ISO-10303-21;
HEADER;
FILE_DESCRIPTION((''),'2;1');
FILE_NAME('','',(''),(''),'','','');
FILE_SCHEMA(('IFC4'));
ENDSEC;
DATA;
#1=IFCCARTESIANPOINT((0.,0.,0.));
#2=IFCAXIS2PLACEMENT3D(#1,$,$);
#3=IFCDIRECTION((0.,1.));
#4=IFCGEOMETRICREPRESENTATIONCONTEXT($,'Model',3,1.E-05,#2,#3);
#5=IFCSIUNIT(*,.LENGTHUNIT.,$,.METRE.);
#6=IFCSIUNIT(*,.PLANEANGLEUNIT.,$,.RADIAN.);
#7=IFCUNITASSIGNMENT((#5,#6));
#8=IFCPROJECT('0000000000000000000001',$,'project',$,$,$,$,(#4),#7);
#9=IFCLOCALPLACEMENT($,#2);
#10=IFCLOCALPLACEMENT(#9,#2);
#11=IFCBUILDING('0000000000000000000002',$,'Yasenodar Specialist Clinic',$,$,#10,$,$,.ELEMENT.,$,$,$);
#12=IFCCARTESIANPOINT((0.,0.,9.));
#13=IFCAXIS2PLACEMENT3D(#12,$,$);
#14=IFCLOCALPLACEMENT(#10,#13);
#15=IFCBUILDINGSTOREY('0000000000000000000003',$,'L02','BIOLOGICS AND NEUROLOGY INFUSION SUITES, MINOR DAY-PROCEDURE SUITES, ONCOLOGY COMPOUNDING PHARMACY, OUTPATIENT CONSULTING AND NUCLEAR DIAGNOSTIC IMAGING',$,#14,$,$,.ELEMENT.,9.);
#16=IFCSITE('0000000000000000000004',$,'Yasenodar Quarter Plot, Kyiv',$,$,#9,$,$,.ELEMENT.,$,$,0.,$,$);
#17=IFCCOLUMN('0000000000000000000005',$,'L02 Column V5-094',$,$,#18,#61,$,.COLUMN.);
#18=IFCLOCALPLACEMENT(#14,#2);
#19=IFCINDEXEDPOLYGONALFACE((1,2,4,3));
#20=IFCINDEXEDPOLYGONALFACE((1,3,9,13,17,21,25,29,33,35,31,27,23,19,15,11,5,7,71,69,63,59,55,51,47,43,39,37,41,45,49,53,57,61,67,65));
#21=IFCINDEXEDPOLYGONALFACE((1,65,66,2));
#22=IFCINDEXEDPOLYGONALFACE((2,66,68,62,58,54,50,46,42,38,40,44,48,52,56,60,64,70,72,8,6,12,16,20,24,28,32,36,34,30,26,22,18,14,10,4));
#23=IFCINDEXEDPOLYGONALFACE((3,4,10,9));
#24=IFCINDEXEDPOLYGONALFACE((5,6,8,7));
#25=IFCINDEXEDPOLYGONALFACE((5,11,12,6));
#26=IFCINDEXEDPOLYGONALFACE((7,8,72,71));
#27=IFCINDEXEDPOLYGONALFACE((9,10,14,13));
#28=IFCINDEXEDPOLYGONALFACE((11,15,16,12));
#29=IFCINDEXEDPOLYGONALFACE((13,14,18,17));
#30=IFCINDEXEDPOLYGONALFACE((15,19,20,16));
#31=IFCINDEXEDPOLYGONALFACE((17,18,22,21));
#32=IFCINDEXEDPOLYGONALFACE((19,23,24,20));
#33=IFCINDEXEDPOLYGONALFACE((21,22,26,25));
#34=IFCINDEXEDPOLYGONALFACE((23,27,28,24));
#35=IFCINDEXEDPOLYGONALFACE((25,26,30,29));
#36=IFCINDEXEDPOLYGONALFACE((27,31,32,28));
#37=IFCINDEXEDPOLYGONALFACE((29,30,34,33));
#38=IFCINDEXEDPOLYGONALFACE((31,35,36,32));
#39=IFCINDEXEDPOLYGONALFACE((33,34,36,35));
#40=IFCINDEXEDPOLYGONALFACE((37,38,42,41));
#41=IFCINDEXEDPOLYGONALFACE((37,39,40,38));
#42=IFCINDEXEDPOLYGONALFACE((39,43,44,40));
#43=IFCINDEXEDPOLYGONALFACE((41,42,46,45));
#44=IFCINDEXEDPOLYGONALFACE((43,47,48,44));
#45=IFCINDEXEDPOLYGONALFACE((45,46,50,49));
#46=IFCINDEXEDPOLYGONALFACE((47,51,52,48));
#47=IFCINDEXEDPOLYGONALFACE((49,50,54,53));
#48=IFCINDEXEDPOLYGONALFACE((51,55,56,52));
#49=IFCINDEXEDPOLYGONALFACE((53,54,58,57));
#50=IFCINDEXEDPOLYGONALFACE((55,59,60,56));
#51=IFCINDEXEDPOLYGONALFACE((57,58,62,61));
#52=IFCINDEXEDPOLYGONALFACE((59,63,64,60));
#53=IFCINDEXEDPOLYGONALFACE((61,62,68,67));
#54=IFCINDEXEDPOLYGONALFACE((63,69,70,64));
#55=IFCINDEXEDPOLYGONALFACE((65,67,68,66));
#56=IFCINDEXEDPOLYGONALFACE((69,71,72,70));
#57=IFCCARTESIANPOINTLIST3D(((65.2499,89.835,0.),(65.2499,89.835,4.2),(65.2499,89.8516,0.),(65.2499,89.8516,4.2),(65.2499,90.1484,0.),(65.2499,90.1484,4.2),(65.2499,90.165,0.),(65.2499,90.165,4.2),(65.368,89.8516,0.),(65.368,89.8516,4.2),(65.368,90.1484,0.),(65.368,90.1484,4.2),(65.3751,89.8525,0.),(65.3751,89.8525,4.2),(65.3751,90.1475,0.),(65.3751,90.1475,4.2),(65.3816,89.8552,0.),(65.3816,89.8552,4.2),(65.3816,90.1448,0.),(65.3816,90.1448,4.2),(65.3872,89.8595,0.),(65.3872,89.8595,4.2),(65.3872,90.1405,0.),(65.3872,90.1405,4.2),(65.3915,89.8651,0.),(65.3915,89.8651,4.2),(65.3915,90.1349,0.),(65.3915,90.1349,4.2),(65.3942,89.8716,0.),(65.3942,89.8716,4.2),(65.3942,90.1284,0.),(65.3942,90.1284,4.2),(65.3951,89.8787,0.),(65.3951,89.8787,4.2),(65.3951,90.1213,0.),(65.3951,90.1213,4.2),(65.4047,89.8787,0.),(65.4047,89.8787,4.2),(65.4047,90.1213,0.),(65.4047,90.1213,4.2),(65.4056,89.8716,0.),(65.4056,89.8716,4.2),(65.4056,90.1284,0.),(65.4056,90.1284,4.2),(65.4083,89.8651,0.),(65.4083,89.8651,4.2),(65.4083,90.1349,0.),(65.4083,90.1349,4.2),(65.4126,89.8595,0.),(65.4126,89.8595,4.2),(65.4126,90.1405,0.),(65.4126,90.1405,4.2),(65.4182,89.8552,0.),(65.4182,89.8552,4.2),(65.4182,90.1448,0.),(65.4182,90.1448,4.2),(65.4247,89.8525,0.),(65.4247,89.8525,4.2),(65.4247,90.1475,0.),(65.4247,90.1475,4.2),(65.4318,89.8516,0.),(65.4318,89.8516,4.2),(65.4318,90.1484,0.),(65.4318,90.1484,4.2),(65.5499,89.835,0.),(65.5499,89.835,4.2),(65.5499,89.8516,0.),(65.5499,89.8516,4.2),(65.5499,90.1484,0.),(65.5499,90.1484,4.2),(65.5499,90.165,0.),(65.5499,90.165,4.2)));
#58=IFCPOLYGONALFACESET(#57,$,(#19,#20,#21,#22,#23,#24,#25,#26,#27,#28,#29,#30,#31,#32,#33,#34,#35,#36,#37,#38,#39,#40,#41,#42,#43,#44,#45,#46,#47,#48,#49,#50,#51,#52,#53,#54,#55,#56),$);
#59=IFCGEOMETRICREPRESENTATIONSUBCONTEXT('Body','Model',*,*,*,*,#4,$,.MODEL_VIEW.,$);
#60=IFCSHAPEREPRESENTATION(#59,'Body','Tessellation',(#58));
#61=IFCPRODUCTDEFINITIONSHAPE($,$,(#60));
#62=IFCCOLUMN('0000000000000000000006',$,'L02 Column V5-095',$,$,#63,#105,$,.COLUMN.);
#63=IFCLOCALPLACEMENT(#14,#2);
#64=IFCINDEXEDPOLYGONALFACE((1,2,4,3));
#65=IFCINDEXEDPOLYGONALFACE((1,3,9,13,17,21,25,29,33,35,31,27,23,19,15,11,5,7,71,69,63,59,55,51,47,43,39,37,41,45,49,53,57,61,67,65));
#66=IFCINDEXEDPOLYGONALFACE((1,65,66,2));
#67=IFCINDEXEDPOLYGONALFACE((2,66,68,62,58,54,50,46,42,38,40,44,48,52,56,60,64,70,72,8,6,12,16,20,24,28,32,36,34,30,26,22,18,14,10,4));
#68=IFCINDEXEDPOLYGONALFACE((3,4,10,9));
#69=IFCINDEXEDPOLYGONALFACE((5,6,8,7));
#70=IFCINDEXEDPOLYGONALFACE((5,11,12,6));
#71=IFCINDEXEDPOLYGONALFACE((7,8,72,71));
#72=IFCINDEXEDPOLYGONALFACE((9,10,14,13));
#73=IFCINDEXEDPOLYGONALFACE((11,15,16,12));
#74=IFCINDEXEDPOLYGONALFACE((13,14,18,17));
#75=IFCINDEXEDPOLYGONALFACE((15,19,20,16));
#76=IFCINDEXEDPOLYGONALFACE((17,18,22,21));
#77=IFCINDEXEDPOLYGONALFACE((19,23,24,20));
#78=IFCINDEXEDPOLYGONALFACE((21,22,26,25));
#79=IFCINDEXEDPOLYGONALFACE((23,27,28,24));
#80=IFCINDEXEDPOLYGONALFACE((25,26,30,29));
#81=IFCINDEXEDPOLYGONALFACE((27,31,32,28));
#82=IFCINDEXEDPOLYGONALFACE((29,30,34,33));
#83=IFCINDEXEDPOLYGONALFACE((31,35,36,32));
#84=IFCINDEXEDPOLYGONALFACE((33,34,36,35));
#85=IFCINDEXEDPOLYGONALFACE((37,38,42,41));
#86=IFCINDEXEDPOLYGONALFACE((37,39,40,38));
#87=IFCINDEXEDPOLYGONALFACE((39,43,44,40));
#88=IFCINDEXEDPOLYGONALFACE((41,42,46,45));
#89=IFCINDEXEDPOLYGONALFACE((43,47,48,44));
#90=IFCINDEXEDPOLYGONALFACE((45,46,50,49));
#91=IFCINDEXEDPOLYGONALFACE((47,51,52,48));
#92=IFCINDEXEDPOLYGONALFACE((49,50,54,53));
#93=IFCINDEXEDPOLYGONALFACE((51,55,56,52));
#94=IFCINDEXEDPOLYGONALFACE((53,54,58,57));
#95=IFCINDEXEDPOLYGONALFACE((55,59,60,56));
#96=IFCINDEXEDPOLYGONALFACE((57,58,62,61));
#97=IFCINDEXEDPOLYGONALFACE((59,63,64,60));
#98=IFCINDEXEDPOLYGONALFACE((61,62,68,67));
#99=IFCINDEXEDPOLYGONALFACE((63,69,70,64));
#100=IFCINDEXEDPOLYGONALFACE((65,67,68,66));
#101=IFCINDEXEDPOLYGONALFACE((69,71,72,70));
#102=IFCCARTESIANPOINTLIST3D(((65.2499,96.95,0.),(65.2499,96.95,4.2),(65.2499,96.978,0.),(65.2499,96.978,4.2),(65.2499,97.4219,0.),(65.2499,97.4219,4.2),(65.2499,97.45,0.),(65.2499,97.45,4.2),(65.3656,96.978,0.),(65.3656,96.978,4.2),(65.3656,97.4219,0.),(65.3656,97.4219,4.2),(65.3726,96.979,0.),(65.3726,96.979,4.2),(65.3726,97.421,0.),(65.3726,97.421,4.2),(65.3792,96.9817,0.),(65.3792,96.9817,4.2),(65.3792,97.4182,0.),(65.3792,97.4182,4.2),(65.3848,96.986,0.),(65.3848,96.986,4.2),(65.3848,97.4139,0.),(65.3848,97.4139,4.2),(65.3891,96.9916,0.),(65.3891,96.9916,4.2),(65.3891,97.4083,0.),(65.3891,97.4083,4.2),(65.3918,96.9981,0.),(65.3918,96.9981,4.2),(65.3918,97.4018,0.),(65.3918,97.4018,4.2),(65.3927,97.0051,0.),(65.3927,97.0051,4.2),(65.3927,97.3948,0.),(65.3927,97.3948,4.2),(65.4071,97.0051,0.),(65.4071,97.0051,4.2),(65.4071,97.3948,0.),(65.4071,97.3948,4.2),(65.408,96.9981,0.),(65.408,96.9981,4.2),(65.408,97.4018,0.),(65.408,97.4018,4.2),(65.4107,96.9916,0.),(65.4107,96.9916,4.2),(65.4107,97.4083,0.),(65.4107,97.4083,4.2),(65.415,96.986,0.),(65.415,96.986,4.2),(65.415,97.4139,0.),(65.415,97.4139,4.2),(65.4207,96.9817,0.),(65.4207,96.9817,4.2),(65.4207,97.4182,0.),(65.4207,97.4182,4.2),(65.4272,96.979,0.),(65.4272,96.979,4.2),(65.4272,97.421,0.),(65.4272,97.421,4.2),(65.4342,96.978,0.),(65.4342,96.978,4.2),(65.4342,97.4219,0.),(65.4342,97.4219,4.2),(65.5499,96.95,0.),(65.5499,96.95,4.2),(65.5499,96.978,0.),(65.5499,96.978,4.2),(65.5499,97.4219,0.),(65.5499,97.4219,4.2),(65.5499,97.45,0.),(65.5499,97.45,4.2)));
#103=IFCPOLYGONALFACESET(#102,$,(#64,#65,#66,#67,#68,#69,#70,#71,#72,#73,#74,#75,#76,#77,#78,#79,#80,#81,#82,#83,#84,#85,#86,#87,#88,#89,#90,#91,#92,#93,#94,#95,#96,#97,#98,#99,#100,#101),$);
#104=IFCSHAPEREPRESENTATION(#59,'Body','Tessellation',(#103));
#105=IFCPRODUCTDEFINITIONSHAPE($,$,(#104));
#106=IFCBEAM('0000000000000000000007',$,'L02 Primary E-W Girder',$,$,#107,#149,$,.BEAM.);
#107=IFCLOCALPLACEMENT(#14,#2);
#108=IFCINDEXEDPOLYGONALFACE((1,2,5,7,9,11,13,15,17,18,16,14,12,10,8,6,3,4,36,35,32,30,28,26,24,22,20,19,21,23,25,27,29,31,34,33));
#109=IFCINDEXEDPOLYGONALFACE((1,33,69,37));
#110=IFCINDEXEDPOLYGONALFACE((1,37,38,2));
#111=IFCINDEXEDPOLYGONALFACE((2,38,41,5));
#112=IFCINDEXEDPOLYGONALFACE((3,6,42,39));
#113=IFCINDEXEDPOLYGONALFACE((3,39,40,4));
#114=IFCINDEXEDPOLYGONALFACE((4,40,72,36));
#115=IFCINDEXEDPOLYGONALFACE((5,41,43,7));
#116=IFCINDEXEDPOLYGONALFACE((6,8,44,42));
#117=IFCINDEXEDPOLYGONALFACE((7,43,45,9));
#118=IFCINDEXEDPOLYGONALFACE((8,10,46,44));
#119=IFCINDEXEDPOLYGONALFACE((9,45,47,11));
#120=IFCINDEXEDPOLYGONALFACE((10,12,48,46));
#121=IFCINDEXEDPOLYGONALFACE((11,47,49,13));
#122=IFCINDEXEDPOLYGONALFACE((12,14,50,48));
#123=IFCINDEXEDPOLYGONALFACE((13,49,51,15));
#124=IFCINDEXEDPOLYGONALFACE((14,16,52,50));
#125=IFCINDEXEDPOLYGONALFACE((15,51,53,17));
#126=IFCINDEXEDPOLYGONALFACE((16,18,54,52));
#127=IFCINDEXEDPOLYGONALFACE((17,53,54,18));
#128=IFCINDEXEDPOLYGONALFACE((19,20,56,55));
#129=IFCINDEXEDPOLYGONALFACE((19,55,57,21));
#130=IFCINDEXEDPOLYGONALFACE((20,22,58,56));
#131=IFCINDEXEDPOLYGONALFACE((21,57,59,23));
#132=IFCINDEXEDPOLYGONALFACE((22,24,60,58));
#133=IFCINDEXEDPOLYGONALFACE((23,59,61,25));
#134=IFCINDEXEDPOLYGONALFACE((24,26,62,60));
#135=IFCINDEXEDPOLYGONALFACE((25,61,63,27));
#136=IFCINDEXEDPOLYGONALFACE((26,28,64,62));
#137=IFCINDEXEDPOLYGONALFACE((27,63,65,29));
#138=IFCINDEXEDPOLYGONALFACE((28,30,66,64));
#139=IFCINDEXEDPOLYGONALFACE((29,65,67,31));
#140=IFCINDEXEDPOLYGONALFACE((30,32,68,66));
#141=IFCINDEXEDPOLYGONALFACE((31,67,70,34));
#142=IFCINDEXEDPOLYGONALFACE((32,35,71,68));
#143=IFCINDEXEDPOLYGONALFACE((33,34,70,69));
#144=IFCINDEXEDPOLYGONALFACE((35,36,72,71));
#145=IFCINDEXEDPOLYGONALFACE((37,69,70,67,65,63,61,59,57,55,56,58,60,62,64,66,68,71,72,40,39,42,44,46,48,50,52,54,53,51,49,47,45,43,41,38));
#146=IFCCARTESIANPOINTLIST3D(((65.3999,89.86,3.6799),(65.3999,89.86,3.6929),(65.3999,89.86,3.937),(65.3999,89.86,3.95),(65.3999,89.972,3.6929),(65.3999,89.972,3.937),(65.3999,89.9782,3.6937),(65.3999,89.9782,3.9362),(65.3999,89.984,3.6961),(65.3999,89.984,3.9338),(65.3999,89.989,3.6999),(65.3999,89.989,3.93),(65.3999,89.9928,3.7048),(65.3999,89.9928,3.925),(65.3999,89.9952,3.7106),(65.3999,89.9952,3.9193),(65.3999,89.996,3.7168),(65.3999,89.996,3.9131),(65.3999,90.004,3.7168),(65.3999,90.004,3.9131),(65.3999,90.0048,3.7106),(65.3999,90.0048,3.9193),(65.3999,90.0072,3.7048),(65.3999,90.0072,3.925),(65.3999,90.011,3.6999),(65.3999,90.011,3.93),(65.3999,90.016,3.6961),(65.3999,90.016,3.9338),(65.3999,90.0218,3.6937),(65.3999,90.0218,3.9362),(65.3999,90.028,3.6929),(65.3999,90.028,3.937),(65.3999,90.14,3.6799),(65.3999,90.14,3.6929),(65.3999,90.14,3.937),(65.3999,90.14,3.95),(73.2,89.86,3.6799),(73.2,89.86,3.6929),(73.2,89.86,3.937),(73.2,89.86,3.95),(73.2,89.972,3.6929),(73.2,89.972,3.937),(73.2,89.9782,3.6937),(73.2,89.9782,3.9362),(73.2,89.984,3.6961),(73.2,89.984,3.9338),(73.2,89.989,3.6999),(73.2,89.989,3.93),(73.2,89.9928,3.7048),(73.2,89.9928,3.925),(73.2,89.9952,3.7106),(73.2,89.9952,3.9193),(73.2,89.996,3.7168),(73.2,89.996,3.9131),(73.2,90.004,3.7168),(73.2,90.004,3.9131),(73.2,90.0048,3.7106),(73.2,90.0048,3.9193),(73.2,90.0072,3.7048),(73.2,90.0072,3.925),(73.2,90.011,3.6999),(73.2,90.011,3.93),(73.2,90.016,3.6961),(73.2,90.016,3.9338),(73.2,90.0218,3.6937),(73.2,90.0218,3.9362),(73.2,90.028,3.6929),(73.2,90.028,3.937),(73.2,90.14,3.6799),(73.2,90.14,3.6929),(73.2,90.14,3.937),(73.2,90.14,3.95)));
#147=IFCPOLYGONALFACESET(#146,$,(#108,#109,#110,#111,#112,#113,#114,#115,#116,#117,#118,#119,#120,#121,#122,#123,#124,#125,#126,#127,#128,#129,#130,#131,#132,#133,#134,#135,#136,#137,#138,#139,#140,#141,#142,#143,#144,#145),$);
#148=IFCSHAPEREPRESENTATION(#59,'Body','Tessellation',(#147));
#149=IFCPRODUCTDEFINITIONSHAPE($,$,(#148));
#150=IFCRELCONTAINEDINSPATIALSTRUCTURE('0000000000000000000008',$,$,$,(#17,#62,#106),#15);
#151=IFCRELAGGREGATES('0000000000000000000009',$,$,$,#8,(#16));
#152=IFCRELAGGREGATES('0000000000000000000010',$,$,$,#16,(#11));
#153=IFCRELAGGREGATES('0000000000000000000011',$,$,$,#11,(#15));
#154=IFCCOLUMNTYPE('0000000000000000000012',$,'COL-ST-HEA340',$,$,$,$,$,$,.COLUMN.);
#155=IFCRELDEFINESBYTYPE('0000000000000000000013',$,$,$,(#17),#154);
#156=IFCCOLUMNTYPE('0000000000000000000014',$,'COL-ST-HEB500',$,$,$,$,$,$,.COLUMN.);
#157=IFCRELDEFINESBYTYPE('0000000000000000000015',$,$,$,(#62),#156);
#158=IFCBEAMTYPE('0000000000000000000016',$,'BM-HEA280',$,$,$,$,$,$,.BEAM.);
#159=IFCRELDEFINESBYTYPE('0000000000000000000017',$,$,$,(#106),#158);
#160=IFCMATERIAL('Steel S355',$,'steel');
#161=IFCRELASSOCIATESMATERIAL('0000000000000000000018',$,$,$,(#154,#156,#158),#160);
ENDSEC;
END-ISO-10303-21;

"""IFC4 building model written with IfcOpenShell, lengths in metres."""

from ifc_helpers import new_model, si_unit, direction, frame, origin, origin_2d, place, context, subcontext, project, spatial, i_section, extrude, material, material_profile, profile_set, type_object, element, save


model = new_model("IFC4")

# Units and contexts
model_context = context("Model", 3, precision=1e-05, world=origin(), true_north=direction((0.0, 1.0)))
body_context = subcontext(model_context, "Body", "Model", "MODEL_VIEW")
ifc_project = project(units=[si_unit("LENGTHUNIT", "METRE"), si_unit("PLANEANGLEUNIT", "RADIAN")], contexts=[model_context])

# Site, building, storey
site_placement = place(None, origin())
site = spatial("IfcSite", under=ifc_project, at=site_placement, Name="Yasenodar Quarter Plot, Kyiv", CompositionType="ELEMENT", RefElevation=0.0)
building_placement = place(site_placement, origin())
building = spatial("IfcBuilding", under=site, at=building_placement, Name="Yasenodar Specialist Clinic", CompositionType="ELEMENT")
storey_placement = place(building_placement, frame((0.0, 0.0, 9.0)))
storey = spatial("IfcBuildingStorey", under=building, at=storey_placement, Name="L02", Description="BIOLOGICS AND NEUROLOGY INFUSION SUITES, MINOR DAY-PROCEDURE SUITES, ONCOLOGY COMPOUNDING PHARMACY, OUTPATIENT CONSULTING AND NUCLEAR DIAGNOSTIC IMAGING", CompositionType="ELEMENT", Elevation=9.0)

# Columns
ifc_material_1 = material(Name="Steel S355", Category="steel")
ifc_material_profile_1 = material_profile(ifc_material_1, i_section(OverallWidth=0.3, OverallDepth=0.3301, WebThickness=0.0095, FlangeThickness=0.0166, FilletRadius=0.0271, at=origin_2d()), Name="HEA 340")
ifc_profile_set_1 = profile_set([ifc_material_profile_1], Name="Steel S355")
column_type_1 = type_object("IfcColumnType", Name="COL-ST-HEA340", PredefinedType="COLUMN", material=ifc_profile_set_1)
column_1_placement = place(storey_placement, frame((65.3999, 90.0, 0.0), z_axis=(0.0, 0.0, 1.0), x_axis=(1.0, 0.0, 0.0)))
element("IfcColumn", 1, at=column_1_placement, inside=storey, type_object=column_type_1, Name="L02 Column V5-094", PredefinedType="COLUMN", context=body_context, shape_type="SweptSolid", body=[
    extrude(i_section(OverallWidth=0.3, OverallDepth=0.3301, WebThickness=0.0095, FlangeThickness=0.0166, FilletRadius=0.0271, at=origin_2d()), origin(), (0.0, 0.0, 1.0), 4.2),
])
ifc_material_profile_2 = material_profile(ifc_material_1, i_section(OverallWidth=0.3, OverallDepth=0.5, WebThickness=0.0144, FlangeThickness=0.0281, FilletRadius=0.0271, at=origin_2d()), Name="HEB 500")
ifc_profile_set_2 = profile_set([ifc_material_profile_2], Name="Steel S355")
column_type_2 = type_object("IfcColumnType", Name="COL-ST-HEB500", PredefinedType="COLUMN", material=ifc_profile_set_2)
column_2_placement = place(storey_placement, frame((65.3999, 97.2, 0.0), z_axis=(0.0, 0.0, 1.0), x_axis=(1.0, 0.0, 0.0)))
element("IfcColumn", 2, at=column_2_placement, inside=storey, type_object=column_type_2, Name="L02 Column V5-095", PredefinedType="COLUMN", context=body_context, shape_type="SweptSolid", body=[
    extrude(i_section(OverallWidth=0.3, OverallDepth=0.5, WebThickness=0.0144, FlangeThickness=0.0281, FilletRadius=0.0271, at=origin_2d()), origin(), (0.0, 0.0, 1.0), 4.2),
])

# Beam
ifc_material_profile_3 = material_profile(ifc_material_1, i_section(OverallWidth=0.28, OverallDepth=0.27, WebThickness=0.0081, FlangeThickness=0.0129, FilletRadius=0.0239, at=origin_2d()), Name="HEA 280")
ifc_profile_set_3 = profile_set([ifc_material_profile_3], Name="Steel S355")
beam_type_1 = type_object("IfcBeamType", Name="BM-HEA280", PredefinedType="BEAM", material=ifc_profile_set_3)
beam_1_placement = place(storey_placement, frame((65.3999, 90.0, 3.8149), z_axis=(1.0, 0.0, 0.0), x_axis=(0.0, 1.0, 0.0)))
element("IfcBeam", 3, at=beam_1_placement, inside=storey, type_object=beam_type_1, Name="L02 Primary E-W Girder", PredefinedType="BEAM", context=body_context, shape_type="SweptSolid", body=[
    extrude(i_section(OverallWidth=0.28, OverallDepth=0.27, WebThickness=0.0081, FlangeThickness=0.0129, FilletRadius=0.0239, at=origin_2d()), origin(), (0.0, 0.0, 1.0), 7.8),
])

save(model, "model.ifc")
